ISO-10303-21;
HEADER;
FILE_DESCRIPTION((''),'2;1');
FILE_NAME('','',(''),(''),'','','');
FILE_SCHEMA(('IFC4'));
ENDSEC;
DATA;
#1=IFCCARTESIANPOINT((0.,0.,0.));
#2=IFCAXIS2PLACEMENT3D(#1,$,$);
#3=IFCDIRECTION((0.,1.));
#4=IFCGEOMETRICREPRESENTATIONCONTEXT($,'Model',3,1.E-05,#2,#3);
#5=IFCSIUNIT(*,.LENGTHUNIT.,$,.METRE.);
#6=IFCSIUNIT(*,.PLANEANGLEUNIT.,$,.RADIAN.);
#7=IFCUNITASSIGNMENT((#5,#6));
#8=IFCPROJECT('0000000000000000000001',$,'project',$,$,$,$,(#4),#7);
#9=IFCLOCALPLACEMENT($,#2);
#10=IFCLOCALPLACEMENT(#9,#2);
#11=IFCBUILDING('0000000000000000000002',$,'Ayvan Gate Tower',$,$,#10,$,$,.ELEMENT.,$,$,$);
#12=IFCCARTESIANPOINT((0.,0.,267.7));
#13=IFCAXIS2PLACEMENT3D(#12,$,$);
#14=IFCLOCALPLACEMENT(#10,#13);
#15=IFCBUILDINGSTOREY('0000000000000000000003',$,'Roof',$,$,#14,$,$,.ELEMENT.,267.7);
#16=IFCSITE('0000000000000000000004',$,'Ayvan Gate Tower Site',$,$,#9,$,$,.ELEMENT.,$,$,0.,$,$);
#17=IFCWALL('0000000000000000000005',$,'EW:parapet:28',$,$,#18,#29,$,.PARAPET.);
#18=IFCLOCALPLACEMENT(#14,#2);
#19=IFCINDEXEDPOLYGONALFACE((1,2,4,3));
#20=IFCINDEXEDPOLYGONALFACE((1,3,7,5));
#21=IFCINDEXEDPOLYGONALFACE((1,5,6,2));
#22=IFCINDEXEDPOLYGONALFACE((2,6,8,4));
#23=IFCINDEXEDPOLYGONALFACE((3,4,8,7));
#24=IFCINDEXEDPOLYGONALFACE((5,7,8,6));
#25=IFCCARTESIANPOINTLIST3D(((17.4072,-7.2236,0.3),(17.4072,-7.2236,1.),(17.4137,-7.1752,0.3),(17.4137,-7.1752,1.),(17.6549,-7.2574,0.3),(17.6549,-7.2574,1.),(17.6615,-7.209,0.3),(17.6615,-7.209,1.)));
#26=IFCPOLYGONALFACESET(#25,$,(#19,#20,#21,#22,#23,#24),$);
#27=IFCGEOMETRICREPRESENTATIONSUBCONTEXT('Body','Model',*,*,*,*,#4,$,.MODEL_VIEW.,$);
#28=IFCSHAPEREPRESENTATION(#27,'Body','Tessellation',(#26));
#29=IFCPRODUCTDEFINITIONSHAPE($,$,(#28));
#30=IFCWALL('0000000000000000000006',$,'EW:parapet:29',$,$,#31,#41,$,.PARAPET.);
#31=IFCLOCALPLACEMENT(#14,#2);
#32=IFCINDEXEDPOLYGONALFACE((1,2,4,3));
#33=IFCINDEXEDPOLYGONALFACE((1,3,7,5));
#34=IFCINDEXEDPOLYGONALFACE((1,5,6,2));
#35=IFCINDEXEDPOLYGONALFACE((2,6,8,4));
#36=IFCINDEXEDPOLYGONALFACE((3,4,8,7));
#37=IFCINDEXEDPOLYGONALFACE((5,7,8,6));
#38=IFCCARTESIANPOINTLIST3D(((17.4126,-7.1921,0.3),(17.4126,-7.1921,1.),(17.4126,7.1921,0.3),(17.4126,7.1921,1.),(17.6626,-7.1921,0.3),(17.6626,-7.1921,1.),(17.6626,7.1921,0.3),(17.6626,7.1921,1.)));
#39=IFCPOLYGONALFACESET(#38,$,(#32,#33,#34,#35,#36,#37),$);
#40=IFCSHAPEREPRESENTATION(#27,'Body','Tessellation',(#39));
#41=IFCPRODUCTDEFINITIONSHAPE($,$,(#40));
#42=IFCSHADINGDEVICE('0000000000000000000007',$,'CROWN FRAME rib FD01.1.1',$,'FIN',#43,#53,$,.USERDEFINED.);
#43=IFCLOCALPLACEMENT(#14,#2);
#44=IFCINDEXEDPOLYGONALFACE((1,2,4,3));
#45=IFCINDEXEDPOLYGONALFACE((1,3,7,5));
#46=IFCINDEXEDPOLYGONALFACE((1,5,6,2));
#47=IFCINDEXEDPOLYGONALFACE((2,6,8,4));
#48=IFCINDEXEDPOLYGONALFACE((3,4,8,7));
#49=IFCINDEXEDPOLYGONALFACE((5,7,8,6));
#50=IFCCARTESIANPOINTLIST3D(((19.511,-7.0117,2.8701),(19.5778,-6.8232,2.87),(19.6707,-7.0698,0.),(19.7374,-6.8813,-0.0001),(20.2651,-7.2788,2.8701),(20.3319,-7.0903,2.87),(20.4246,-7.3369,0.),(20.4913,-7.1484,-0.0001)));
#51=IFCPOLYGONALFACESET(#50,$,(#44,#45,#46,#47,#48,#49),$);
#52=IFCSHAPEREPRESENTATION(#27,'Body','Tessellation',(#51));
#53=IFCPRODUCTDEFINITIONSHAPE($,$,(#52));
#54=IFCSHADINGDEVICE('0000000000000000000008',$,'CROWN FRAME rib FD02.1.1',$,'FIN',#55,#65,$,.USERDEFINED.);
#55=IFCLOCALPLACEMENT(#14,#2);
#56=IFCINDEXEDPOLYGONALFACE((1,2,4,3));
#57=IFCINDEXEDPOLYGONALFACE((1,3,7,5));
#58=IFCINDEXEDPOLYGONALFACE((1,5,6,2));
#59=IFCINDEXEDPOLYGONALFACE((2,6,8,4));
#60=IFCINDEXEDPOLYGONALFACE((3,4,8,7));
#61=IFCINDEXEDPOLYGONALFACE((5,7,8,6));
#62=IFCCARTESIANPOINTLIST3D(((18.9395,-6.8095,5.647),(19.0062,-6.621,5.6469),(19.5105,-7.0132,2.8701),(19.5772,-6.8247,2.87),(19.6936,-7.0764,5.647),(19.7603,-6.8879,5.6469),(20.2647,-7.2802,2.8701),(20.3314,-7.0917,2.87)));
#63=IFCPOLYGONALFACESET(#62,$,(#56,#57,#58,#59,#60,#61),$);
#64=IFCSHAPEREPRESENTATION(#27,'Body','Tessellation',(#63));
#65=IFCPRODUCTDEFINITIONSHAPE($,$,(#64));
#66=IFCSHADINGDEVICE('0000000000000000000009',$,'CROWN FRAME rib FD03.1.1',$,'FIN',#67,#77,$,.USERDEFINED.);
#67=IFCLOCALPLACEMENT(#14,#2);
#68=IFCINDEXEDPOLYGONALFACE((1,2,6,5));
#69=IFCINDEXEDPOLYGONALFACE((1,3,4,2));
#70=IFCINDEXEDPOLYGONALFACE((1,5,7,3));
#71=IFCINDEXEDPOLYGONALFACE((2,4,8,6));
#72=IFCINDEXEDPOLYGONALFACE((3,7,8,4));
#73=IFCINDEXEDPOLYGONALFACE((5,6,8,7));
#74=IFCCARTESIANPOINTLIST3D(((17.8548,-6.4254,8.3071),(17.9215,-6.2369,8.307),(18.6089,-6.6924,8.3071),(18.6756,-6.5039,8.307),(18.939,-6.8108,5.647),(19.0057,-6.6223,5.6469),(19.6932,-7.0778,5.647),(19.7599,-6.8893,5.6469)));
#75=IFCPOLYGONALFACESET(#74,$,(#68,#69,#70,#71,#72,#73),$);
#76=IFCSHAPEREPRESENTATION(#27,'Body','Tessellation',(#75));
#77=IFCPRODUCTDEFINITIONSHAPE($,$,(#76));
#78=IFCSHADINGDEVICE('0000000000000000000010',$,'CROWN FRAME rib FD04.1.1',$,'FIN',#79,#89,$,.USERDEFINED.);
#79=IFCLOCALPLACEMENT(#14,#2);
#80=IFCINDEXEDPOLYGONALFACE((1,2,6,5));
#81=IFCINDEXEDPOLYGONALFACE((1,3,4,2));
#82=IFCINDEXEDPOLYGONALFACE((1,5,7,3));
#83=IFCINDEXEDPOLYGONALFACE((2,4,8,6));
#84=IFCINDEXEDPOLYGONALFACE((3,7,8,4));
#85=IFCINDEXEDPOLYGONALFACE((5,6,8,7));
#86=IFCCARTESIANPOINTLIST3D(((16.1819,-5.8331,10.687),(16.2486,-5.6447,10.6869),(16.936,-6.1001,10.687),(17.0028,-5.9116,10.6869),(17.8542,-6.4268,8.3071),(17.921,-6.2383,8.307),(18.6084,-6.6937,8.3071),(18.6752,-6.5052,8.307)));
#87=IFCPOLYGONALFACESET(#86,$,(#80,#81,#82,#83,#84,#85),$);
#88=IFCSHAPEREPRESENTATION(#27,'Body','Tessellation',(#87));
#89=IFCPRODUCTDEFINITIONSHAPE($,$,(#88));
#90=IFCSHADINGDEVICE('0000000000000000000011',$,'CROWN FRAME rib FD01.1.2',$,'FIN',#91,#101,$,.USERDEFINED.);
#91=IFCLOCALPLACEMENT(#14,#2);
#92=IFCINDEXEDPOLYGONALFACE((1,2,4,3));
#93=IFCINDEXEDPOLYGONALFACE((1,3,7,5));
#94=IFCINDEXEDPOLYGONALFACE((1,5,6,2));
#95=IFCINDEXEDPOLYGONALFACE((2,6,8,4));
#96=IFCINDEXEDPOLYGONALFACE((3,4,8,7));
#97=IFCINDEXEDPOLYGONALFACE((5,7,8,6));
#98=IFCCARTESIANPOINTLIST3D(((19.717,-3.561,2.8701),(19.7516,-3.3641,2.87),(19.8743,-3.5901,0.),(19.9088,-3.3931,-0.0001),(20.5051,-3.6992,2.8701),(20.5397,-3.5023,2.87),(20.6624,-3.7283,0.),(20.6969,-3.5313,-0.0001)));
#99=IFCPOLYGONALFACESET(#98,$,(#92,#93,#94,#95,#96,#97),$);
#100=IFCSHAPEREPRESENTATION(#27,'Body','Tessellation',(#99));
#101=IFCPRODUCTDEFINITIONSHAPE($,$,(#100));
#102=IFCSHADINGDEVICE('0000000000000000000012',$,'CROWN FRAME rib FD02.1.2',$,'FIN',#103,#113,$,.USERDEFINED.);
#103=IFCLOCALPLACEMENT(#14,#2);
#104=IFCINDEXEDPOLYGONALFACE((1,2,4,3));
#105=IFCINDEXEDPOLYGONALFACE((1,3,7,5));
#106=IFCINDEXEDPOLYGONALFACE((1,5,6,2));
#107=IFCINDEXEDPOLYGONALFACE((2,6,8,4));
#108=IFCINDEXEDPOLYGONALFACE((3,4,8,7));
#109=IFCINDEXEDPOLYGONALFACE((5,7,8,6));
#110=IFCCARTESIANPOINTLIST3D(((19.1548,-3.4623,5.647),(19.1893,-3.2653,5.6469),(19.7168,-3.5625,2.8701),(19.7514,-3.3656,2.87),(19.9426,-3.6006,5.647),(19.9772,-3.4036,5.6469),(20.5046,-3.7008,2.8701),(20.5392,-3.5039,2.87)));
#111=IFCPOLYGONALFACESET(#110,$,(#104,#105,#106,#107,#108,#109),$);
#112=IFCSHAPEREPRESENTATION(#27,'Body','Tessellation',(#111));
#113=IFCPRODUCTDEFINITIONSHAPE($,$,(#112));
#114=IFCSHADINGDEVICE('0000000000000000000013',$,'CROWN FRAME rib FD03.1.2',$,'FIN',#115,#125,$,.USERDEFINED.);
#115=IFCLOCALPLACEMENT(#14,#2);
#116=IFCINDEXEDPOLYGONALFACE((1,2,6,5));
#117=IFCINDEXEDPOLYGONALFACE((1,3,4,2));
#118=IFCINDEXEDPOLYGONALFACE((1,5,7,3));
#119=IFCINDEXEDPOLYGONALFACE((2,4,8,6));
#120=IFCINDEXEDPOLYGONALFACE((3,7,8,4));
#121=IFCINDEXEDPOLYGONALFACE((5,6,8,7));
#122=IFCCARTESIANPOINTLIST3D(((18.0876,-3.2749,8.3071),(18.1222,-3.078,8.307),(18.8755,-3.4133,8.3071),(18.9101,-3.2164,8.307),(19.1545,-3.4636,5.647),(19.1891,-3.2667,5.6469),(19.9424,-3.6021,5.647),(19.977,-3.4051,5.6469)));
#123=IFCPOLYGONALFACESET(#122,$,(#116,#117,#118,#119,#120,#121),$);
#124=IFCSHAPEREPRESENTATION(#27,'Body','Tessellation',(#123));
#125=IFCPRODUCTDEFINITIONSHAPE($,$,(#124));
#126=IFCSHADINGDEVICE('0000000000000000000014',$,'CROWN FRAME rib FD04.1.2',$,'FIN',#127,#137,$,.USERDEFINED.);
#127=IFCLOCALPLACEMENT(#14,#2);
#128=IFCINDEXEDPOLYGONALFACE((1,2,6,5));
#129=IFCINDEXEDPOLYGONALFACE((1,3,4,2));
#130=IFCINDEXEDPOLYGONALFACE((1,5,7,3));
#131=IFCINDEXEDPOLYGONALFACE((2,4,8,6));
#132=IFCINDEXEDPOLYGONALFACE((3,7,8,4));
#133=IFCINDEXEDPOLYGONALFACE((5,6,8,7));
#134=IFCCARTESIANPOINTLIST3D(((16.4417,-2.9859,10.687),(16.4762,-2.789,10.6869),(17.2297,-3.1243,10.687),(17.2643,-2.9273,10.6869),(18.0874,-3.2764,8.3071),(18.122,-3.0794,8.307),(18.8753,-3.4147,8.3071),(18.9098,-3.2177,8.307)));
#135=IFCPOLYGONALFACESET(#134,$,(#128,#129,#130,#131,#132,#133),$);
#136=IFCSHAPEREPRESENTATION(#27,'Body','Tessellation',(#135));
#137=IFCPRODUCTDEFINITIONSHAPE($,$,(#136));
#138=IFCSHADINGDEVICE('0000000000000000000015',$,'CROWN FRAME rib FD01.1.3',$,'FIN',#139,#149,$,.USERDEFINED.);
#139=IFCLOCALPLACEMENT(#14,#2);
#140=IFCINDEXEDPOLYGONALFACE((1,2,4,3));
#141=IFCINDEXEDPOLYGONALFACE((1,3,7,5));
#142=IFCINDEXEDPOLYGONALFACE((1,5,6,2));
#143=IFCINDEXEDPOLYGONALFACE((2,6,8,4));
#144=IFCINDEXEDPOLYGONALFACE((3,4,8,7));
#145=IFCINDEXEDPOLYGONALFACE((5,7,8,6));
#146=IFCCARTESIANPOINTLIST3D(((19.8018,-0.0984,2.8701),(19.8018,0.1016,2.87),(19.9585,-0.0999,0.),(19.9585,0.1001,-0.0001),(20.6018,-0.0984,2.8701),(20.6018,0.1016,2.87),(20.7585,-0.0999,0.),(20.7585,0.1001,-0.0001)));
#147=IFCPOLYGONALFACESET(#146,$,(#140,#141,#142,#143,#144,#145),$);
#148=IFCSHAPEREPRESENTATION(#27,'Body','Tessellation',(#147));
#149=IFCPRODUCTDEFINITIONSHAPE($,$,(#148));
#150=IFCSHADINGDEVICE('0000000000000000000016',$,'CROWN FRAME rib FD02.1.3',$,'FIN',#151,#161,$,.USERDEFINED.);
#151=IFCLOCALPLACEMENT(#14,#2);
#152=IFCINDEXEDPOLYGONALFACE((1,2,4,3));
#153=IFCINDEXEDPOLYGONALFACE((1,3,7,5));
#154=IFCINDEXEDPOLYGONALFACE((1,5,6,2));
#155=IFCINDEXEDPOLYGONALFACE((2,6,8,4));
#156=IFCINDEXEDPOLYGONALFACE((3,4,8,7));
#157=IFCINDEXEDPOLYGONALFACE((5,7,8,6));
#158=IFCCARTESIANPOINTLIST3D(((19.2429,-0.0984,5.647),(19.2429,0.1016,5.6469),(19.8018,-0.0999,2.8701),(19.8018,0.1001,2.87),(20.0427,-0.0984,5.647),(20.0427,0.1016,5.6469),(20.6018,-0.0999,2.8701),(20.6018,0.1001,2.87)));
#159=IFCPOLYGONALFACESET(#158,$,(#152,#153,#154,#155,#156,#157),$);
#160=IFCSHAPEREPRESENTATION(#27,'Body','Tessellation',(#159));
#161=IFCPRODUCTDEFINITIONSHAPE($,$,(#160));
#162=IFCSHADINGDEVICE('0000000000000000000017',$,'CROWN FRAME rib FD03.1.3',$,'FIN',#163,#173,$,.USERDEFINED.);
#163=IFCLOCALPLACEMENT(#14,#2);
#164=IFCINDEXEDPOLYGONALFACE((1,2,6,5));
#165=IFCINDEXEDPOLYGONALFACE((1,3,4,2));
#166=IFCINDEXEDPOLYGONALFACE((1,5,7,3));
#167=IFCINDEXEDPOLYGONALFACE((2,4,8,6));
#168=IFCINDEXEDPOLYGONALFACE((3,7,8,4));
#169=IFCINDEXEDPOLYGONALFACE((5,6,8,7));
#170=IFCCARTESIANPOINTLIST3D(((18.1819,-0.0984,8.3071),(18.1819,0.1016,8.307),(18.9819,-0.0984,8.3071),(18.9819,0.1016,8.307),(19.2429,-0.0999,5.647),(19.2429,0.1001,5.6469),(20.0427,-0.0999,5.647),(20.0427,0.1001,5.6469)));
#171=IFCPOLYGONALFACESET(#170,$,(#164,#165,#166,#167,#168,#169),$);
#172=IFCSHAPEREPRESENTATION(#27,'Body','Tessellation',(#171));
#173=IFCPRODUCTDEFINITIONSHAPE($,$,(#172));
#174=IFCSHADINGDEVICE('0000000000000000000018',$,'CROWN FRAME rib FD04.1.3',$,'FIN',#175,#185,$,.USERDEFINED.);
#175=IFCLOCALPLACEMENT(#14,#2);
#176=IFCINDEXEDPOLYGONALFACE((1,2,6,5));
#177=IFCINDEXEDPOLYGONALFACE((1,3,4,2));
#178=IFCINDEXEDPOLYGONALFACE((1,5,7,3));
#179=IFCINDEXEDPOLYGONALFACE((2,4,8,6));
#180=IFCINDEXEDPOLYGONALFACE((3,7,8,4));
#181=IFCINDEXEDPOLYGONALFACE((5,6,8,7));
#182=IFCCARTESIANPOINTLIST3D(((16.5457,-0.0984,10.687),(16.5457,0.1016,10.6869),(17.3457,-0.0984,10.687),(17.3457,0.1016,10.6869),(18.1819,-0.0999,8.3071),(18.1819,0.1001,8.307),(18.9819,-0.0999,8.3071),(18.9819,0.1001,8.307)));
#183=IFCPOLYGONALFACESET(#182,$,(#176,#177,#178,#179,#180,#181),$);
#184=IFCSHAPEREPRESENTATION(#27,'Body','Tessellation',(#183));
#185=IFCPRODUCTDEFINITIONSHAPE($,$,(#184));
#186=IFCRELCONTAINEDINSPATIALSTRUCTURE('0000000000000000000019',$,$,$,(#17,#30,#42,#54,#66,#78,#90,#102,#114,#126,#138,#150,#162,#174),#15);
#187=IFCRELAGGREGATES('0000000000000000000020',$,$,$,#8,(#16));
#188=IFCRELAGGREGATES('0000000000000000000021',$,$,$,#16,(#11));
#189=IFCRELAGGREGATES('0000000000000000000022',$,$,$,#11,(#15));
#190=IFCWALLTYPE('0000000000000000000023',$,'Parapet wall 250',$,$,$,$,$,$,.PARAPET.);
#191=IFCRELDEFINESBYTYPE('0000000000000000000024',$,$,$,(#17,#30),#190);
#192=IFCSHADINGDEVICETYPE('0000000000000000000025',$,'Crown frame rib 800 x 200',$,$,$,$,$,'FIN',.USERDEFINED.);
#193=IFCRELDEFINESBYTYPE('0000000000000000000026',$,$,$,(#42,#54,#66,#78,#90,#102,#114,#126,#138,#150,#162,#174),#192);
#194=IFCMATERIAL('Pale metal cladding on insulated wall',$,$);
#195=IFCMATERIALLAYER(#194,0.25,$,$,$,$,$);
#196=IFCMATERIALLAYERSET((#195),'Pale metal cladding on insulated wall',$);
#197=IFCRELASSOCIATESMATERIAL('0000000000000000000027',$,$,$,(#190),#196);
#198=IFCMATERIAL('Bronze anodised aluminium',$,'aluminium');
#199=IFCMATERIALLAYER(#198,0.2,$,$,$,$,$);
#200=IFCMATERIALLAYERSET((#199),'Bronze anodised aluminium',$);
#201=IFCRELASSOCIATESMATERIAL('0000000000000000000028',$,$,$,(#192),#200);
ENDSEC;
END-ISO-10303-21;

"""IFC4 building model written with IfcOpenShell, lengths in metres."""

from ifc_helpers import new_model, si_unit, direction, frame, frame_2d, origin, place, context, subcontext, project, spatial, polyline, rectangle, outline, extrude, material, layer, layer_set, type_object, element, save


model = new_model("IFC4")

# Units and contexts
model_context = context("Model", 3, precision=1e-05, world=origin(), true_north=direction((0.0, 1.0)))
body_context = subcontext(model_context, "Body", "Model", "MODEL_VIEW")
ifc_project = project(units=[si_unit("LENGTHUNIT", "METRE"), si_unit("PLANEANGLEUNIT", "RADIAN")], contexts=[model_context])

# Site, building, storey
site_placement = place(None, origin())
site = spatial("IfcSite", under=ifc_project, at=site_placement, Name="Ayvan Gate Tower Site", CompositionType="ELEMENT", RefElevation=0.0)
building_placement = place(site_placement, origin())
building = spatial("IfcBuilding", under=site, at=building_placement, Name="Ayvan Gate Tower", CompositionType="ELEMENT")
storey_placement = place(building_placement, frame((0.0, 0.0, 267.7)))
storey = spatial("IfcBuildingStorey", under=building, at=storey_placement, Name="Roof", CompositionType="ELEMENT", Elevation=267.7)

# Walls
ifc_material_1 = material(Name="Pale metal cladding on insulated wall")
ifc_layer_1 = layer(ifc_material_1, 0.25)
ifc_layer_set_1 = layer_set([ifc_layer_1], Name="Pale metal cladding on insulated wall")
wall_type = type_object("IfcWallType", Name="Parapet wall 250", PredefinedType="PARAPET", material=ifc_layer_set_1)
wall_1_placement = place(storey_placement, frame((17.531, -7.2405, 0.3), z_axis=(0.0, 0.0, 1.0), x_axis=(0.135113, 0.99083, 0.0)))
element("IfcWall", 1, at=wall_1_placement, inside=storey, type_object=wall_type, Name="EW:parapet:28", PredefinedType="PARAPET", context=body_context, shape_type="SweptSolid", body=[
    extrude(rectangle(XDim=0.0488, YDim=0.25, at=frame_2d((0.0244, 0.0))), origin(), (0.0, 0.0, 1.0), 0.7),
])
wall_2_placement = place(storey_placement, frame((17.5376, -7.1921, 0.3), z_axis=(0.0, 0.0, 1.0), x_axis=(0.0, 1.0, 0.0)))
element("IfcWall", 2, at=wall_2_placement, inside=storey, type_object=wall_type, Name="EW:parapet:29", PredefinedType="PARAPET", context=body_context, shape_type="SweptSolid", body=[
    extrude(rectangle(XDim=14.3843, YDim=0.25, at=frame_2d((7.1921, 0.0))), origin(), (0.0, 0.0, 1.0), 0.7),
])

# Shading devices
ifc_material_2 = material(Name="Bronze anodised aluminium", Category="aluminium")
ifc_layer_2 = layer(ifc_material_2, 0.2)
ifc_layer_set_2 = layer_set([ifc_layer_2], Name="Bronze anodised aluminium")
shading_device_type = type_object("IfcShadingDeviceType", Name="Crown frame rib 800 x 200", ElementType="FIN", PredefinedType="USERDEFINED", material=ifc_layer_set_2)
shading_device_1_placement = place(storey_placement, frame((19.6707, -7.0698, 0.0), z_axis=(-0.333889, -0.942612, 0.000523), x_axis=(0.942612, -0.33389, 0.0)))
element("IfcShadingDevice", 3, at=shading_device_1_placement, inside=storey, type_object=shading_device_type, Name="CROWN FRAME rib FD01.1.1", ObjectType="FIN", PredefinedType="USERDEFINED", context=body_context, shape_type="SweptSolid", body=[
    extrude(outline(polyline([(0.0, 0.0), (0.7998, 0.0), (0.6301, 2.8701), (-0.1699, 2.8701), (0.0, 0.0)])), origin(), (0.0, 0.0, -1.0), 0.2),
])
shading_device_2_placement = place(storey_placement, frame((19.5105, -7.0132, 2.8701), z_axis=(-0.333706, -0.942677, 0.000539), x_axis=(0.942677, -0.333706, 0.0)))
element("IfcShadingDevice", 4, at=shading_device_2_placement, inside=storey, type_object=shading_device_type, Name="CROWN FRAME rib FD02.1.1", ObjectType="FIN", PredefinedType="USERDEFINED", context=body_context, shape_type="SweptSolid", body=[
    extrude(outline(polyline([(0.0, 0.0), (0.8, 0.0), (0.1937, 2.7769), (-0.6063, 2.7769), (0.0, 0.0)])), origin(), (0.0, 0.0, -1.0), 0.2),
])
shading_device_3_placement = place(storey_placement, frame((18.939, -6.8108, 5.647), z_axis=(-0.333706, -0.942677, 0.000553), x_axis=(0.942677, -0.333706, 0.0)))
element("IfcShadingDevice", 5, at=shading_device_3_placement, inside=storey, type_object=shading_device_type, Name="CROWN FRAME rib FD03.1.1", ObjectType="FIN", PredefinedType="USERDEFINED", context=body_context, shape_type="SweptSolid", body=[
    extrude(outline(polyline([(0.0, 0.0), (0.8, 0.0), (-0.3507, 2.6602), (-1.1506, 2.6602), (0.0, 0.0)])), origin(), (0.0, 0.0, -1.0), 0.2),
])
shading_device_4_placement = place(storey_placement, frame((17.8542, -6.4268, 8.3071), z_axis=(-0.333706, -0.942677, 0.00064), x_axis=(0.942677, -0.333706, 0.0)))
element("IfcShadingDevice", 6, at=shading_device_4_placement, inside=storey, type_object=shading_device_type, Name="CROWN FRAME rib FD04.1.1", ObjectType="FIN", PredefinedType="USERDEFINED", context=body_context, shape_type="SweptSolid", body=[
    extrude(outline(polyline([(0.0, 0.0), (0.8, 0.0), (-0.9746, 2.3799), (-1.7746, 2.3799), (0.0, 0.0)])), origin(), (0.0, 0.0, -1.0), 0.2),
])
shading_device_5_placement = place(storey_placement, frame((19.8743, -3.5901, 0.0), z_axis=(-0.172706, -0.984973, 0.000509), x_axis=(0.984973, -0.172706, 0.0)))
element("IfcShadingDevice", 7, at=shading_device_5_placement, inside=storey, type_object=shading_device_type, Name="CROWN FRAME rib FD01.1.2", ObjectType="FIN", PredefinedType="USERDEFINED", context=body_context, shape_type="SweptSolid", body=[
    extrude(outline(polyline([(0.0, 0.0), (0.8001, 0.0), (0.6402, 2.8701), (-0.1599, 2.8701), (0.0, 0.0)])), origin(), (0.0, 0.0, -1.0), 0.2),
])
shading_device_6_placement = place(storey_placement, frame((19.7168, -3.5625, 2.8701), z_axis=(-0.172906, -0.984938, 0.000553), x_axis=(0.984938, -0.172906, 0.0)))
element("IfcShadingDevice", 8, at=shading_device_6_placement, inside=storey, type_object=shading_device_type, Name="CROWN FRAME rib FD02.1.2", ObjectType="FIN", PredefinedType="USERDEFINED", context=body_context, shape_type="SweptSolid", body=[
    extrude(outline(polyline([(0.0, 0.0), (0.7999, 0.0), (0.229, 2.7769), (-0.5709, 2.7769), (0.0, 0.0)])), origin(), (0.0, 0.0, -1.0), 0.2),
])
shading_device_7_placement = place(storey_placement, frame((19.1545, -3.4636, 5.647), z_axis=(-0.173054, -0.984912, 0.000467), x_axis=(0.984912, -0.173054, 0.0)))
element("IfcShadingDevice", 9, at=shading_device_7_placement, inside=storey, type_object=shading_device_type, Name="CROWN FRAME rib FD03.1.2", ObjectType="FIN", PredefinedType="USERDEFINED", context=body_context, shape_type="SweptSolid", body=[
    extrude(outline(polyline([(0.0, 0.0), (0.7999, 0.0), (-0.2835, 2.6602), (-1.0835, 2.6602), (0.0, 0.0)])), origin(), (0.0, 0.0, -1.0), 0.2),
])
shading_device_8_placement = place(storey_placement, frame((18.0874, -3.2764, 8.3071), z_axis=(-0.17288, -0.984943, 0.000645), x_axis=(0.984943, -0.17288, 0.0)))
element("IfcShadingDevice", 10, at=shading_device_8_placement, inside=storey, type_object=shading_device_type, Name="CROWN FRAME rib FD04.1.2", ObjectType="FIN", PredefinedType="USERDEFINED", context=body_context, shape_type="SweptSolid", body=[
    extrude(outline(polyline([(0.0, 0.0), (0.7999, 0.0), (-0.871, 2.3799), (-1.6712, 2.3799), (0.0, 0.0)])), origin(), (0.0, 0.0, -1.0), 0.2),
])
shading_device_9_placement = place(storey_placement, frame((19.9585, -0.0999, 0.0), z_axis=(0.0, -1.0, 0.00051), x_axis=(1.0, 0.0, 0.0)))
element("IfcShadingDevice", 11, at=shading_device_9_placement, inside=storey, type_object=shading_device_type, Name="CROWN FRAME rib FD01.1.3", ObjectType="FIN", PredefinedType="USERDEFINED", context=body_context, shape_type="SweptSolid", body=[
    extrude(outline(polyline([(0.0, 0.0), (0.8, 0.0), (0.6433, 2.8701), (-0.1567, 2.8701), (0.0, 0.0)])), origin(), (0.0, 0.0, -1.0), 0.2),
])
shading_device_10_placement = place(storey_placement, frame((19.8018, -0.0999, 2.8701), z_axis=(0.0, -1.0, 0.000528), x_axis=(1.0, 0.0, 0.0)))
element("IfcShadingDevice", 12, at=shading_device_10_placement, inside=storey, type_object=shading_device_type, Name="CROWN FRAME rib FD02.1.3", ObjectType="FIN", PredefinedType="USERDEFINED", context=body_context, shape_type="SweptSolid", body=[
    extrude(outline(polyline([(0.0, 0.0), (0.8, 0.0), (0.241, 2.7769), (-0.5588, 2.7769), (0.0, 0.0)])), origin(), (0.0, 0.0, -1.0), 0.2),
])
shading_device_11_placement = place(storey_placement, frame((19.2429, -0.0999, 5.647), z_axis=(0.0, -1.0, 0.000551), x_axis=(1.0, 0.0, 0.0)))
element("IfcShadingDevice", 13, at=shading_device_11_placement, inside=storey, type_object=shading_device_type, Name="CROWN FRAME rib FD03.1.3", ObjectType="FIN", PredefinedType="USERDEFINED", context=body_context, shape_type="SweptSolid", body=[
    extrude(outline(polyline([(0.0, 0.0), (0.7998, 0.0), (-0.261, 2.6602), (-1.061, 2.6602), (0.0, 0.0)])), origin(), (0.0, 0.0, -1.0), 0.2),
])
shading_device_12_placement = place(storey_placement, frame((18.1819, -0.0999, 8.3071), z_axis=(0.0, -1.0, 0.000616), x_axis=(1.0, 0.0, 0.0)))
element("IfcShadingDevice", 14, at=shading_device_12_placement, inside=storey, type_object=shading_device_type, Name="CROWN FRAME rib FD04.1.3", ObjectType="FIN", PredefinedType="USERDEFINED", context=body_context, shape_type="SweptSolid", body=[
    extrude(outline(polyline([(0.0, 0.0), (0.8, 0.0), (-0.8362, 2.3799), (-1.6362, 2.3799), (0.0, 0.0)])), origin(), (0.0, 0.0, -1.0), 0.2),
])

save(model, "model.ifc")
